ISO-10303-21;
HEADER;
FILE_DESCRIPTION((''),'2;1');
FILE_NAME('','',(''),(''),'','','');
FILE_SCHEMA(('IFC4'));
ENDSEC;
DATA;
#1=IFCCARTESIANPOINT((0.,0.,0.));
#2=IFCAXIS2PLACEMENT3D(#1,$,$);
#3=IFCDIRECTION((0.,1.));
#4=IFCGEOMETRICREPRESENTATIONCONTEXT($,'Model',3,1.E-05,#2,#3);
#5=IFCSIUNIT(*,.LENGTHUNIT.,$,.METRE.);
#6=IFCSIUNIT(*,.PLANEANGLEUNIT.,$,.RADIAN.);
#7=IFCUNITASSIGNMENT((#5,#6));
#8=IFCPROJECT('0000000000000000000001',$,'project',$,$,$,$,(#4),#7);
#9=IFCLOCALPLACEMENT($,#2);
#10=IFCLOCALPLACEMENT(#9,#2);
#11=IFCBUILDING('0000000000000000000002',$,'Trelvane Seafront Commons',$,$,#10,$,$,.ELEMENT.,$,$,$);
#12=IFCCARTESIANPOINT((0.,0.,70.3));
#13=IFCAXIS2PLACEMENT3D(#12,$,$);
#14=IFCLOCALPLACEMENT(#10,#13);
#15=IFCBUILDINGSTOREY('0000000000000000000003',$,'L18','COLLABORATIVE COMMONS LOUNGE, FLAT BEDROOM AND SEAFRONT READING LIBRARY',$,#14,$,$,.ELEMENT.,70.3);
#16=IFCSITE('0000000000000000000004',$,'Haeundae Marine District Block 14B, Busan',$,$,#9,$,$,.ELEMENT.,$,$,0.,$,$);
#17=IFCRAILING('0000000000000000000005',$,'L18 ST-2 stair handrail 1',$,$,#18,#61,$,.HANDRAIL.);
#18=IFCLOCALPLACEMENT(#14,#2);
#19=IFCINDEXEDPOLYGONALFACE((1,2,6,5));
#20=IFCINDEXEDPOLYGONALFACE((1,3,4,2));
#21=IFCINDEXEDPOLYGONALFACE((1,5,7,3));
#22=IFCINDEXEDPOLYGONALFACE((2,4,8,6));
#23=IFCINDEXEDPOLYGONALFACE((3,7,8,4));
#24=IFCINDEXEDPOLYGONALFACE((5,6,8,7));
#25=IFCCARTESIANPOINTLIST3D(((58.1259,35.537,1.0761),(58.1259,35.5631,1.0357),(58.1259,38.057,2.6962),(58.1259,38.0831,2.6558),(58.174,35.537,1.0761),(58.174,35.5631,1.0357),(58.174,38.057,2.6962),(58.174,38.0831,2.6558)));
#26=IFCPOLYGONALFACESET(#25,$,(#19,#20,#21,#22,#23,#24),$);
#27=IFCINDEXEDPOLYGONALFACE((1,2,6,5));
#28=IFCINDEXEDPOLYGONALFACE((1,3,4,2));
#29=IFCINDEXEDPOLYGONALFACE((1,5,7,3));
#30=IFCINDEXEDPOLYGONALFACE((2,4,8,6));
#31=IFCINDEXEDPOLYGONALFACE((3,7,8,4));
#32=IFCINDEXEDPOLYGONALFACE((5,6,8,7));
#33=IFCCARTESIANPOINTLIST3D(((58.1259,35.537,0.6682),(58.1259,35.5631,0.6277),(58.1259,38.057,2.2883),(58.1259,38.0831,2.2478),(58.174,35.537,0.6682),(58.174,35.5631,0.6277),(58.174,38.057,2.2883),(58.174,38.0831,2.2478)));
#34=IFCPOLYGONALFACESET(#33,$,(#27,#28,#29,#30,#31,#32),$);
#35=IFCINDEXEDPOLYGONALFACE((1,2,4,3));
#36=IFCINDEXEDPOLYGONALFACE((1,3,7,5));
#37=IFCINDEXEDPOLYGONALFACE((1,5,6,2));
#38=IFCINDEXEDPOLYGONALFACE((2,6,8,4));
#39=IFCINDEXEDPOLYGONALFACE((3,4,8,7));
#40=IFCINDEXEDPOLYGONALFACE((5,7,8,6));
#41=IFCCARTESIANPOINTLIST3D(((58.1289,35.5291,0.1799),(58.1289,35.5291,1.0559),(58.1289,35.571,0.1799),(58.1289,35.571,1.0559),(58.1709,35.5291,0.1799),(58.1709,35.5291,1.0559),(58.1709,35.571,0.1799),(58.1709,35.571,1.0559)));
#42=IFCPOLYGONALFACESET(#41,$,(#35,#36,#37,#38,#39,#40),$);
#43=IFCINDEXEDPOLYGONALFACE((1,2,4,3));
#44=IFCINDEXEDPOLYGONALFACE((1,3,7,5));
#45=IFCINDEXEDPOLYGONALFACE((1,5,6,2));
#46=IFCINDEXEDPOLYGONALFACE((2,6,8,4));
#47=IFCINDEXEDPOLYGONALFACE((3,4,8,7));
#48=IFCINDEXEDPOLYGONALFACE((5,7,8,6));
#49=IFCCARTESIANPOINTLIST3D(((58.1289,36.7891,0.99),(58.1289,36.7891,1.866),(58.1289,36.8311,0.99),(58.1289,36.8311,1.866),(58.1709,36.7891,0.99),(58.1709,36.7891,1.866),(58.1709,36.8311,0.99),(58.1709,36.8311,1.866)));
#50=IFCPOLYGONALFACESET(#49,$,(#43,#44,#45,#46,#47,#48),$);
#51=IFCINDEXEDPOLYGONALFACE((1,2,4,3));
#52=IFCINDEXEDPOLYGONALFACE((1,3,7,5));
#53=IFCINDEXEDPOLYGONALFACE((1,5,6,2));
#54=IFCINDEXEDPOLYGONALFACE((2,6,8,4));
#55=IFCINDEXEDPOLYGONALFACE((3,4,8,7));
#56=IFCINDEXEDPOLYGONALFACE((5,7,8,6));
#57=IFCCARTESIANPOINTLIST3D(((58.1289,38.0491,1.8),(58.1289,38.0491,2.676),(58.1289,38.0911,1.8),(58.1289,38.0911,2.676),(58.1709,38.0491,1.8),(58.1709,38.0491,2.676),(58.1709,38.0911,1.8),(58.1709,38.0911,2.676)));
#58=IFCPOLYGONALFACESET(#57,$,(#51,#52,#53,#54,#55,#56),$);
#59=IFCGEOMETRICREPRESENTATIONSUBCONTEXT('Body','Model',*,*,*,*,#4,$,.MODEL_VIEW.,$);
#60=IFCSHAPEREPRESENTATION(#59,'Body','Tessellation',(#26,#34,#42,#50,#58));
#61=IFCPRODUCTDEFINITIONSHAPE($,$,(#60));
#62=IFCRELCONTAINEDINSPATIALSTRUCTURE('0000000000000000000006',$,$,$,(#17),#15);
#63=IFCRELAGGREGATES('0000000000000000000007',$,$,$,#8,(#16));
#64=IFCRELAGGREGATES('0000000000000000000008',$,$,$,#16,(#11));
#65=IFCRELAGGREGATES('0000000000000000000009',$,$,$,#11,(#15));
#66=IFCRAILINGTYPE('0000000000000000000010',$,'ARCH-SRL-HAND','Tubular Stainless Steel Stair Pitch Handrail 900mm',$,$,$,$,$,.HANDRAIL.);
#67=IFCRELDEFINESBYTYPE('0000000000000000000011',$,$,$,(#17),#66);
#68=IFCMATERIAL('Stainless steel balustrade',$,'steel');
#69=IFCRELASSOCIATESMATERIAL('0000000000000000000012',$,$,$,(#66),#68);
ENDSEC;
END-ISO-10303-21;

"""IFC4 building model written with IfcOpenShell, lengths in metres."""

from ifc_helpers import new_model, si_unit, direction, frame, origin, origin_2d, place, context, subcontext, project, spatial, rectangle, extrude, material, type_object, element, save


model = new_model("IFC4")

# Units and contexts
model_context = context("Model", 3, precision=1e-05, world=origin(), true_north=direction((0.0, 1.0)))
body_context = subcontext(model_context, "Body", "Model", "MODEL_VIEW")
ifc_project = project(units=[si_unit("LENGTHUNIT", "METRE"), si_unit("PLANEANGLEUNIT", "RADIAN")], contexts=[model_context])

# Site, building, storey
site_placement = place(None, origin())
site = spatial("IfcSite", under=ifc_project, at=site_placement, Name="Haeundae Marine District Block 14B, Busan", CompositionType="ELEMENT", RefElevation=0.0)
building_placement = place(site_placement, origin())
building = spatial("IfcBuilding", under=site, at=building_placement, Name="Trelvane Seafront Commons", CompositionType="ELEMENT")
storey_placement = place(building_placement, frame((0.0, 0.0, 70.3)))
storey = spatial("IfcBuildingStorey", under=building, at=storey_placement, Name="L18", Description="COLLABORATIVE COMMONS LOUNGE, FLAT BEDROOM AND SEAFRONT READING LIBRARY", CompositionType="ELEMENT", Elevation=70.3)

# Railing
ifc_material_1 = material(Name="Stainless steel balustrade", Category="steel")
railing_type_1 = type_object("IfcRailingType", Name="ARCH-SRL-HAND", Description="Tubular Stainless Steel Stair Pitch Handrail 900mm", PredefinedType="HANDRAIL", material=ifc_material_1)
railing_1_placement = place(storey_placement, frame((58.1499, 35.55, 0.1799)))
element("IfcRailing", 1, at=railing_1_placement, inside=storey, type_object=railing_type_1, Name="L18 ST-2 stair handrail 1", PredefinedType="HANDRAIL", context=body_context, shape_type="SweptSolid", body=[
    extrude(rectangle(XDim=0.0481, YDim=0.0481, at=origin_2d()), frame((0.0, 0.0, 0.876), z_axis=(0.0, 0.841163, 0.540782), x_axis=(-1.0, 0.0, 0.0)), (0.0, 0.0, 1.0), 2.9958),
    extrude(rectangle(XDim=0.0481, YDim=0.0481, at=origin_2d()), frame((0.0, 0.0, 0.468), z_axis=(0.0, 0.841163, 0.540782), x_axis=(-1.0, 0.0, 0.0)), (0.0, 0.0, 1.0), 2.9958),
    extrude(rectangle(XDim=0.042, YDim=0.042, at=origin_2d()), origin(), (0.0, 0.0, 1.0), 0.876),
    extrude(rectangle(XDim=0.042, YDim=0.042, at=origin_2d()), frame((0.0, 1.26, 0.8101)), (0.0, 0.0, 1.0), 0.876),
    extrude(rectangle(XDim=0.042, YDim=0.042, at=origin_2d()), frame((0.0, 2.52, 1.6201)), (0.0, 0.0, 1.0), 0.876),
])

save(model, "model.ifc")
